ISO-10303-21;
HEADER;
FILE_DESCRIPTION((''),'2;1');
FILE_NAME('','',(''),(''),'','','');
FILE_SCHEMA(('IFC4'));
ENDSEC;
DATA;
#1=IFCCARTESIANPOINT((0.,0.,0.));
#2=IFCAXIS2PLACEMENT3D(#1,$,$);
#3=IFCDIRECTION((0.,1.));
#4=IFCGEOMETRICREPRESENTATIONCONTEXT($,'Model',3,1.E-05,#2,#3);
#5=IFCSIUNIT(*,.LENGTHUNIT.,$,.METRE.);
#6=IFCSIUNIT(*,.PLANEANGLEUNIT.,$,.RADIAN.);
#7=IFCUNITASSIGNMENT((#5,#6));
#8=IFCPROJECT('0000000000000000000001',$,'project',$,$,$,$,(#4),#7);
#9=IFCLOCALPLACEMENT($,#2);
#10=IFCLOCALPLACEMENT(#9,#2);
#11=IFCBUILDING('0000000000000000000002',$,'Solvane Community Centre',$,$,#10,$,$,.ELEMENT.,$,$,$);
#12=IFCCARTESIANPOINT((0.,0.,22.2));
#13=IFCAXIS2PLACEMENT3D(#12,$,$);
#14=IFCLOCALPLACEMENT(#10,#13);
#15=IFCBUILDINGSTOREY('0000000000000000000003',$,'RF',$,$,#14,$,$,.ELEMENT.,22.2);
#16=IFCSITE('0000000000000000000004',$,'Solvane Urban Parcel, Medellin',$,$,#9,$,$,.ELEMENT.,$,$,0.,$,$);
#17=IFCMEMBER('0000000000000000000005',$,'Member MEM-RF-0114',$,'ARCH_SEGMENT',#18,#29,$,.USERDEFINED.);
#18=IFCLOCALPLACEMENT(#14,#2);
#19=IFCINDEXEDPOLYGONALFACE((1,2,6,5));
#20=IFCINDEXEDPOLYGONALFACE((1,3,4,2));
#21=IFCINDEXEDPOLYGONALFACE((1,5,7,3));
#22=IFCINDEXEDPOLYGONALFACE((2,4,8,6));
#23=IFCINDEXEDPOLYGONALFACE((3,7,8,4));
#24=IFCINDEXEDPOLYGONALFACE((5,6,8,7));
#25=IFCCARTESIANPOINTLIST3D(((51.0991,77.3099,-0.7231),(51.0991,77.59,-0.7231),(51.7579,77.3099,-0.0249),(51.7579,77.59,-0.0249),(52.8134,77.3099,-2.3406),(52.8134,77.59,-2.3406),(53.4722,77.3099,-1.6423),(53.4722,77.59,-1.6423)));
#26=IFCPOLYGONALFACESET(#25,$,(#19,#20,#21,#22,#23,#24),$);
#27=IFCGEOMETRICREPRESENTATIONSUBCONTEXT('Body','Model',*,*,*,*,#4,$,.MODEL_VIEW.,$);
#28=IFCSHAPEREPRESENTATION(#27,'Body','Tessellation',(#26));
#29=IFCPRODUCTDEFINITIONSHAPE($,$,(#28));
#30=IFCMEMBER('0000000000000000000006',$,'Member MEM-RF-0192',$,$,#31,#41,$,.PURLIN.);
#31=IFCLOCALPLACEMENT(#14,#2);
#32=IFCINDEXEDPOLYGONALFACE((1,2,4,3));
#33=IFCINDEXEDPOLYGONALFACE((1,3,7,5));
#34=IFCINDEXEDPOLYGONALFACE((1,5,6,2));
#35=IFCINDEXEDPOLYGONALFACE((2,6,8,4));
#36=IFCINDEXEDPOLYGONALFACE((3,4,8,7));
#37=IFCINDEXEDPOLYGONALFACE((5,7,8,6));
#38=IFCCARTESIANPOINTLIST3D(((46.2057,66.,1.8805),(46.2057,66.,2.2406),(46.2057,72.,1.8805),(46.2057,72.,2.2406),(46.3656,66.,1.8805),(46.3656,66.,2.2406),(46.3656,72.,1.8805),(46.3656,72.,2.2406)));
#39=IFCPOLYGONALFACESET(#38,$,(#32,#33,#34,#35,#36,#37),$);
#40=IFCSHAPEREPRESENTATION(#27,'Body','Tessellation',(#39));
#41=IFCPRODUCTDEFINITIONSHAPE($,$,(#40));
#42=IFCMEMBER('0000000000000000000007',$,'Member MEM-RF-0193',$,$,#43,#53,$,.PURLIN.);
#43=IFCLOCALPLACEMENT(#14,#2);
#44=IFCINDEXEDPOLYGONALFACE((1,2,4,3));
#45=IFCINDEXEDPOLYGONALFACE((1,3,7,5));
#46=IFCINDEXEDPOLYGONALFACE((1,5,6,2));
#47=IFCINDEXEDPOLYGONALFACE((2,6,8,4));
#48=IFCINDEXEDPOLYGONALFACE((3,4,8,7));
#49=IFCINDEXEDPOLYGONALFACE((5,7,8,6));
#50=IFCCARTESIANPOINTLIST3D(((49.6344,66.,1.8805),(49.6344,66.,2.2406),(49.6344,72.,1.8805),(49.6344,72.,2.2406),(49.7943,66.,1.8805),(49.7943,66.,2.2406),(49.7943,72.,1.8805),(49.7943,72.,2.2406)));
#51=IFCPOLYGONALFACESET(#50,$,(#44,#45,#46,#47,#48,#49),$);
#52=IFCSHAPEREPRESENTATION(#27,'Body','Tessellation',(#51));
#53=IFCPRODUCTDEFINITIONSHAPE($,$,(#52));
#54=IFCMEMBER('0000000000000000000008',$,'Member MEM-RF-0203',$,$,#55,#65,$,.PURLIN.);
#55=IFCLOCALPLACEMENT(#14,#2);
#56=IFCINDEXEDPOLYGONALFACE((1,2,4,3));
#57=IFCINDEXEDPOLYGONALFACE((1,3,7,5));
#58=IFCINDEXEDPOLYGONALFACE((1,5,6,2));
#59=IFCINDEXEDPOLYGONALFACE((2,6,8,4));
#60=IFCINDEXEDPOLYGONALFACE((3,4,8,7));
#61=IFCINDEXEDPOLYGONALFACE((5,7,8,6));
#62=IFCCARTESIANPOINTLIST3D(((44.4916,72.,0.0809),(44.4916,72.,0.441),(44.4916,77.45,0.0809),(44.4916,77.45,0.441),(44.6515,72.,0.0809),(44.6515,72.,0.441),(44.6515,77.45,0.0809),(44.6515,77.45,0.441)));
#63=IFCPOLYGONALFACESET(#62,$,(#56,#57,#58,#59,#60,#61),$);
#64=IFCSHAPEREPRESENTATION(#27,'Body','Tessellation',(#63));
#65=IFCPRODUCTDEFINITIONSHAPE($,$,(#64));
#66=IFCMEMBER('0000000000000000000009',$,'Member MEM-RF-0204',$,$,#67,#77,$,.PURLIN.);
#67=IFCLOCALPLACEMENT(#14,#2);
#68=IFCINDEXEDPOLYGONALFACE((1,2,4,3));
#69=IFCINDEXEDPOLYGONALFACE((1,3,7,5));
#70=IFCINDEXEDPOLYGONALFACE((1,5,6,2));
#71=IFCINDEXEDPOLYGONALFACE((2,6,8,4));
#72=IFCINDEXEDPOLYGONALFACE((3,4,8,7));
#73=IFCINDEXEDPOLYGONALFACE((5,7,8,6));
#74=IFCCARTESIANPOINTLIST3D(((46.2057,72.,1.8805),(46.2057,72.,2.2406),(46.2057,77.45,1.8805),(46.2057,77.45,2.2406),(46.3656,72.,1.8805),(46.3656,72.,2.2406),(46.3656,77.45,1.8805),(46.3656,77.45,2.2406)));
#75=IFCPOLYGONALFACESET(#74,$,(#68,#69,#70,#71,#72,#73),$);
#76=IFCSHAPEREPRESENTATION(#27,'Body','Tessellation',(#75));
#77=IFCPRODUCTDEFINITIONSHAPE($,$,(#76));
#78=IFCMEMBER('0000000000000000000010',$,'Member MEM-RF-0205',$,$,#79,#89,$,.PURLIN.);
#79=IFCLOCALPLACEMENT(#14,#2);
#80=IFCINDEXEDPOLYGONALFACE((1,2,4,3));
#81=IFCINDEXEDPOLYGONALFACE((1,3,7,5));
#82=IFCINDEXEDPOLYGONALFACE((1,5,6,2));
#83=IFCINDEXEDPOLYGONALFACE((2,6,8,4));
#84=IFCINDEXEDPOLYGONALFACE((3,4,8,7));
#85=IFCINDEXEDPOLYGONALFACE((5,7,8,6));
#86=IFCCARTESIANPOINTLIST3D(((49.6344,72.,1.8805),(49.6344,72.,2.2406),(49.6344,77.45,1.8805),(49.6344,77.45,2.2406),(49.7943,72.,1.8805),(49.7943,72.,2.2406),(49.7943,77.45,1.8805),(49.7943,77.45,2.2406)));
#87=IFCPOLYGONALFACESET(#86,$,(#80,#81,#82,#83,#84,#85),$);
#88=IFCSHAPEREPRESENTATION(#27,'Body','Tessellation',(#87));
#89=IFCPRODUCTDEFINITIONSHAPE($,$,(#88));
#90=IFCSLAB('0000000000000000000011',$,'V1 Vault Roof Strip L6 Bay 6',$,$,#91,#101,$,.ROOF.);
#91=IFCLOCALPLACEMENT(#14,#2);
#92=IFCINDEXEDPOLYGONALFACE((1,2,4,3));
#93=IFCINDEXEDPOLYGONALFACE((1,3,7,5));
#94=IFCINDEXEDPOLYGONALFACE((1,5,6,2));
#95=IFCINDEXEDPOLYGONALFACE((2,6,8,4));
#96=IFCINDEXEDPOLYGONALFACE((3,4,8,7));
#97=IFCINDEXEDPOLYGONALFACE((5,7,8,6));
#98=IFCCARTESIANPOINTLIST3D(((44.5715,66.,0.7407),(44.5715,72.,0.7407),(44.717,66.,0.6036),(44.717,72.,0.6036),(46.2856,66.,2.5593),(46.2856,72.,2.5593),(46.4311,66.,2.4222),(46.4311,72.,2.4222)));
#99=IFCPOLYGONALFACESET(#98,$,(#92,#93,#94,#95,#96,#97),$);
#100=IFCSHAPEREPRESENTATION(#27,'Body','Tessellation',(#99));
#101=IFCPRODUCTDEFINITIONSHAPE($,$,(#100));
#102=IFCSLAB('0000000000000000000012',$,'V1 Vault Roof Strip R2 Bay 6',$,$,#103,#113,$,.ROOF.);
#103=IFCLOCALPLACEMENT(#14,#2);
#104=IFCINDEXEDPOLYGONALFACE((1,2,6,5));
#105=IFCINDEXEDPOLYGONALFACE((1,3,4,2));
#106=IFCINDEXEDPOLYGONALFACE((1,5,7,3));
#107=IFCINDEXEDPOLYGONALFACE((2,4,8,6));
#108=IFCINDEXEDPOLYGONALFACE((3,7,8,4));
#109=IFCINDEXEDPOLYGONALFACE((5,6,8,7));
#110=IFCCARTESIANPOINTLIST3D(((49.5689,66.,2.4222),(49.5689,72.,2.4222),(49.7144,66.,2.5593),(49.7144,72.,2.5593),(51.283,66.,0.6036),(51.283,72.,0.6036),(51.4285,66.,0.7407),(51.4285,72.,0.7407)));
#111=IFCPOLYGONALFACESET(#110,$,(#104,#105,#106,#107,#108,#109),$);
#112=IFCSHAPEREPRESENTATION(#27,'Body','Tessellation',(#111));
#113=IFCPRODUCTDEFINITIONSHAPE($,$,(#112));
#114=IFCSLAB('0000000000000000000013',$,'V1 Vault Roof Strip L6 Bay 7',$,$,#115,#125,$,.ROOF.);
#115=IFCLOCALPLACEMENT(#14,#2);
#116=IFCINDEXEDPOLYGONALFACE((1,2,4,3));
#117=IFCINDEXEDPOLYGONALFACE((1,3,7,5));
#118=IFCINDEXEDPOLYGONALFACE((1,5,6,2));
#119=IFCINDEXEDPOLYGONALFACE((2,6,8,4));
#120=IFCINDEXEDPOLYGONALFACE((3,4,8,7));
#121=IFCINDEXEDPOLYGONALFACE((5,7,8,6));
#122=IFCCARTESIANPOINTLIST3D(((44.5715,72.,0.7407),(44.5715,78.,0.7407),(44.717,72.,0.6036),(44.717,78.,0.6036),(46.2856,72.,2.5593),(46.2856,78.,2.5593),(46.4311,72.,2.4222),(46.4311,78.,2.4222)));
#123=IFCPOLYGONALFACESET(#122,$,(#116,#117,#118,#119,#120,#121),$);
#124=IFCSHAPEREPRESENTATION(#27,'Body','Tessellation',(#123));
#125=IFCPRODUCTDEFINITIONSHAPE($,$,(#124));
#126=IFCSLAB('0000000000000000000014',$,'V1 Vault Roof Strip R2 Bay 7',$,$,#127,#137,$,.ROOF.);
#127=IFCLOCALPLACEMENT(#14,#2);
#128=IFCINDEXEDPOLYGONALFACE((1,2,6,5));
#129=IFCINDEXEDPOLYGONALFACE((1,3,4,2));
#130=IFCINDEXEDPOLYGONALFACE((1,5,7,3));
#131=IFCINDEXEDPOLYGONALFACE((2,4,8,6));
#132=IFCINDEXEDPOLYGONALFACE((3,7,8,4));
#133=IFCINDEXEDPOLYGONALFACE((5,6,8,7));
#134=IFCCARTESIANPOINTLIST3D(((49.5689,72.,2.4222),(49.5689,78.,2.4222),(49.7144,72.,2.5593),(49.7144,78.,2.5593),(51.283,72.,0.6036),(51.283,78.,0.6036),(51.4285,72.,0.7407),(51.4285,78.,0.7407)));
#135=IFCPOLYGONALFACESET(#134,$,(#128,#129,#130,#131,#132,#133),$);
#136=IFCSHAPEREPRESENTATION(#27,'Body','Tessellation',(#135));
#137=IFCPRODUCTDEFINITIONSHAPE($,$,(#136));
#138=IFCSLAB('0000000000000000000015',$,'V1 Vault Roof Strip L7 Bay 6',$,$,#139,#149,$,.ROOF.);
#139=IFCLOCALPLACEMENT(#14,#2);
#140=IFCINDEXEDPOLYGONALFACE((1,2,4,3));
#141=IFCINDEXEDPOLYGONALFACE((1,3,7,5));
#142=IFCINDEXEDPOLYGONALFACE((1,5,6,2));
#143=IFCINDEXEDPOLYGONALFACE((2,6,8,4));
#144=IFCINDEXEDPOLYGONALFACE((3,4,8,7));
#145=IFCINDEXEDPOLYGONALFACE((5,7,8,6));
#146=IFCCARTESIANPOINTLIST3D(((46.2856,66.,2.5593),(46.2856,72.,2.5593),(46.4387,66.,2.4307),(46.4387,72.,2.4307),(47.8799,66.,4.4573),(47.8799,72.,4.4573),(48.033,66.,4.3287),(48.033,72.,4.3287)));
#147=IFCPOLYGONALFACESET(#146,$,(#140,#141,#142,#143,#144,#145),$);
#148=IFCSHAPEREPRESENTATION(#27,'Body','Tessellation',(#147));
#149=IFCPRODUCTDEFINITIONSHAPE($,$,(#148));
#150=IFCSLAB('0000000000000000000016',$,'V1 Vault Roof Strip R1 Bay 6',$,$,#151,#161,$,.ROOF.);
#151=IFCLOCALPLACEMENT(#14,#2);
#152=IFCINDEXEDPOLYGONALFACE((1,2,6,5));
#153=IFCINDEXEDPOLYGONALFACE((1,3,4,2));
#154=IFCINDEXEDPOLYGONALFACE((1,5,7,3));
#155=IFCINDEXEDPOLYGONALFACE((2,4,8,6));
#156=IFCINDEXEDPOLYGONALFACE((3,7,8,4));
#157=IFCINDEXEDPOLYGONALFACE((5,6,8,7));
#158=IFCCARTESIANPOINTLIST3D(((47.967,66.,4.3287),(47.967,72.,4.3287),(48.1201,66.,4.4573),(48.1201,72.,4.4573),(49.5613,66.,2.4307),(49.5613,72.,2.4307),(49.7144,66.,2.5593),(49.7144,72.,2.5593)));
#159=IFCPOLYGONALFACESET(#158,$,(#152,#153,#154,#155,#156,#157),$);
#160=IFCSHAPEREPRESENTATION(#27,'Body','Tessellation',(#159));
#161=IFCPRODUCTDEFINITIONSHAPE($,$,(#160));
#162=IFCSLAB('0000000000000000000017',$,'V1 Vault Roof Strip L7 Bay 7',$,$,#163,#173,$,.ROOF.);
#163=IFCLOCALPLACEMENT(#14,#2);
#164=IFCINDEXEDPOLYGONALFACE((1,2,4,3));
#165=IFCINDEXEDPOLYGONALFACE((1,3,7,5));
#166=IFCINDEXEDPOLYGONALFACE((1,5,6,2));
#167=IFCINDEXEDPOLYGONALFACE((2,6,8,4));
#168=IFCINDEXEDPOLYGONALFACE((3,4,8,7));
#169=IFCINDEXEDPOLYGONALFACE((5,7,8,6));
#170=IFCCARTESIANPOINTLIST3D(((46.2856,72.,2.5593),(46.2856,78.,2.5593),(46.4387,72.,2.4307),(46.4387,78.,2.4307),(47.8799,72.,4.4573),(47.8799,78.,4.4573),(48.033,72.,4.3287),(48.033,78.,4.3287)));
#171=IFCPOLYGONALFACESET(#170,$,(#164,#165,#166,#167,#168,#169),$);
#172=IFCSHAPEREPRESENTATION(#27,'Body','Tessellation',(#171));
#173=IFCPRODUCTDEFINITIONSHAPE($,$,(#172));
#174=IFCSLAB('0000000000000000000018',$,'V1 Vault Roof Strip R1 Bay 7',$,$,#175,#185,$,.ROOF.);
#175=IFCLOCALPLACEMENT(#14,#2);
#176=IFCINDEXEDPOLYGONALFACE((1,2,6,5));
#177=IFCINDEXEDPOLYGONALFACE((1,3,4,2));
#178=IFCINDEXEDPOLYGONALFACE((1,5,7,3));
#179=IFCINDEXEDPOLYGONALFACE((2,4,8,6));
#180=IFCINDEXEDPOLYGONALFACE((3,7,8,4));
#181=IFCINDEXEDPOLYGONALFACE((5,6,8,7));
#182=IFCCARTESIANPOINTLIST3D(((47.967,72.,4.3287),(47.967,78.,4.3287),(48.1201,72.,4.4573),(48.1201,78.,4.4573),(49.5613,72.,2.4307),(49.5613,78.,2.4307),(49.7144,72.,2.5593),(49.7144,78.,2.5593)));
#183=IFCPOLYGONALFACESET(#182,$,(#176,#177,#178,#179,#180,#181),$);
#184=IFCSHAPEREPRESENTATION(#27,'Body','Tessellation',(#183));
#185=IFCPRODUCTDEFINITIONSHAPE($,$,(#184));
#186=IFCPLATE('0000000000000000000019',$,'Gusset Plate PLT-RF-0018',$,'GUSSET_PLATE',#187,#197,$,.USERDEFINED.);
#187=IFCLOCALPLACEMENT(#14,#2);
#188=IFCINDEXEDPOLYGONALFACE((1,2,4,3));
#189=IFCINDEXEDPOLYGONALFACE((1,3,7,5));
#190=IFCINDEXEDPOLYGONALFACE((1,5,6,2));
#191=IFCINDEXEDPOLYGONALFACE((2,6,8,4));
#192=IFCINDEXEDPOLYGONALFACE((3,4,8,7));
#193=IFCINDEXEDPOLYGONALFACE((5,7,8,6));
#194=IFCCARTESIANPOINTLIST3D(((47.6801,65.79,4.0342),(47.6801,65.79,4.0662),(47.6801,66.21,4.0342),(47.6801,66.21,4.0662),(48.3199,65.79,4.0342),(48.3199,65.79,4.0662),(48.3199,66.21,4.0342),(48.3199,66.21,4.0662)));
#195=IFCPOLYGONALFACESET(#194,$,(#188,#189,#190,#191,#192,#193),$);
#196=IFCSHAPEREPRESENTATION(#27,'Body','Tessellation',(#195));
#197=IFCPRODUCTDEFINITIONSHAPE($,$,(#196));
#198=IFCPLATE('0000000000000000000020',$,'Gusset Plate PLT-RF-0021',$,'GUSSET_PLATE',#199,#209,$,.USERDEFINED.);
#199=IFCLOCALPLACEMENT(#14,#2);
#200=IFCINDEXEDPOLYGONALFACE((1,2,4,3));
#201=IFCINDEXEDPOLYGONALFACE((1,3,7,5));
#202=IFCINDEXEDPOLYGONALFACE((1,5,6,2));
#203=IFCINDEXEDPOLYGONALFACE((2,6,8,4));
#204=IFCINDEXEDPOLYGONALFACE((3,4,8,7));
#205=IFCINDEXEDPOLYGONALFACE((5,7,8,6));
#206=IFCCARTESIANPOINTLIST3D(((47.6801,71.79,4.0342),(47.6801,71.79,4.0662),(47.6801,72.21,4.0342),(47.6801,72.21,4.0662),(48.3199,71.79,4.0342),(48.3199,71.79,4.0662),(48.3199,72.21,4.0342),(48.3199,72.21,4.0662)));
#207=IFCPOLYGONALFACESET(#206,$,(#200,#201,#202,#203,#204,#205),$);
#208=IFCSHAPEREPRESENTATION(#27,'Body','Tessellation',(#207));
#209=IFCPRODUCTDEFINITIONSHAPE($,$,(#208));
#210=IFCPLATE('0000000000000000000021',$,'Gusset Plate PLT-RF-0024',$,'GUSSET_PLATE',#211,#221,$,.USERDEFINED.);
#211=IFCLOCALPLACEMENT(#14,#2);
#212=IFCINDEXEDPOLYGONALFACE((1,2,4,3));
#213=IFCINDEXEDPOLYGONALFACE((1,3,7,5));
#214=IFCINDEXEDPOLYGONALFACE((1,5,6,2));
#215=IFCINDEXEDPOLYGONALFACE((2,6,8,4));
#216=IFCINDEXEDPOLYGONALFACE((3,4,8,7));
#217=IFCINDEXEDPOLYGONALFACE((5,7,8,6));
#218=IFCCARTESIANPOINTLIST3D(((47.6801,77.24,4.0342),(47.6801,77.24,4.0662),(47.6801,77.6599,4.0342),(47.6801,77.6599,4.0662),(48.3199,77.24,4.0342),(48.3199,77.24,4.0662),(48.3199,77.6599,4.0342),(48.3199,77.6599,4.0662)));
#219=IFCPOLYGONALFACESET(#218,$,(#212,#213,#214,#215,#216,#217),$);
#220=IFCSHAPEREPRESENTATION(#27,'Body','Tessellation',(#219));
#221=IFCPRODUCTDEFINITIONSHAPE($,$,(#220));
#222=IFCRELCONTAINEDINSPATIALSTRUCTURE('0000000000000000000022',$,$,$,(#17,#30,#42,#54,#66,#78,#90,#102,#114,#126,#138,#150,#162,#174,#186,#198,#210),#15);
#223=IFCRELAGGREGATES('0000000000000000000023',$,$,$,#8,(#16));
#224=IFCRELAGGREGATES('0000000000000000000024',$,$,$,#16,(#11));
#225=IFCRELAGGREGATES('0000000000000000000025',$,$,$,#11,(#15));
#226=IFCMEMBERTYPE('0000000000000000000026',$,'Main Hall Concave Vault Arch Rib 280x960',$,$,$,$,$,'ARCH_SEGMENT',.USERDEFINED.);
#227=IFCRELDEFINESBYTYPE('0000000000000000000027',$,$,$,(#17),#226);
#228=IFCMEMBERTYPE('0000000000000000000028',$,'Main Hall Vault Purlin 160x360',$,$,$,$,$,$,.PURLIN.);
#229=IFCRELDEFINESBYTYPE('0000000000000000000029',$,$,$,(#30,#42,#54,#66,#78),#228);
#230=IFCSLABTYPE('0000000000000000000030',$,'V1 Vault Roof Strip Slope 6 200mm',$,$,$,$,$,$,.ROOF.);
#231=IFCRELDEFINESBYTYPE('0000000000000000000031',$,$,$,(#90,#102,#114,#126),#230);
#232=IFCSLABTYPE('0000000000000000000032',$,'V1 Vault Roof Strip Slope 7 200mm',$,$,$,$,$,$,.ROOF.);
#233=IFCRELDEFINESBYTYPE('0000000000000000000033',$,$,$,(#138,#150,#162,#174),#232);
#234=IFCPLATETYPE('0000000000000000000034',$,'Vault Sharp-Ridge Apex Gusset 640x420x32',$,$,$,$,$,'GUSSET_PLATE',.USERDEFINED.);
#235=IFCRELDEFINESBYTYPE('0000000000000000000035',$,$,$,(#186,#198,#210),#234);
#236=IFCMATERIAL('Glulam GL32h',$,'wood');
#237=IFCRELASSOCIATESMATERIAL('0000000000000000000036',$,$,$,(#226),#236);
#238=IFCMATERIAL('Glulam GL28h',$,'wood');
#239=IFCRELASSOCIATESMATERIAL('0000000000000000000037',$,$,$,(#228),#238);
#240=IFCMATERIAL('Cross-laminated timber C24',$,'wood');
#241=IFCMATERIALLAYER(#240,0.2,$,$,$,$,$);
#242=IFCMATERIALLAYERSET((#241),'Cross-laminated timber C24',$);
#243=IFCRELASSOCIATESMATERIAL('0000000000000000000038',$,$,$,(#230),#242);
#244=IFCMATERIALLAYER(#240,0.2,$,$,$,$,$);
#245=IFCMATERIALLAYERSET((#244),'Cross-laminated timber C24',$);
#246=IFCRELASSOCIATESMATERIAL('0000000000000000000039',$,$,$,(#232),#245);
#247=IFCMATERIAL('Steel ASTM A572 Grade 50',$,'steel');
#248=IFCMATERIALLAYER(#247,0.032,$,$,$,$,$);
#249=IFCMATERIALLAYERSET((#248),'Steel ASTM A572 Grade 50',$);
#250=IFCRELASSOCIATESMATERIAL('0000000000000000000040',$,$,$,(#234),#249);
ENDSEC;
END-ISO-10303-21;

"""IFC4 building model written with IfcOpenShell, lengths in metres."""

from ifc_helpers import new_model, si_unit, direction, frame, origin, origin_2d, place, context, subcontext, project, spatial, polyline, rectangle, outline, extrude, material, layer, layer_set, material_profile, profile_set, type_object, element, save


model = new_model("IFC4")

# Units and contexts
model_context = context("Model", 3, precision=1e-05, world=origin(), true_north=direction((0.0, 1.0)))
body_context = subcontext(model_context, "Body", "Model", "MODEL_VIEW")
ifc_project = project(units=[si_unit("LENGTHUNIT", "METRE"), si_unit("PLANEANGLEUNIT", "RADIAN")], contexts=[model_context])

# Site, building, storey
site_placement = place(None, origin())
site = spatial("IfcSite", under=ifc_project, at=site_placement, Name="Solvane Urban Parcel, Medellin", CompositionType="ELEMENT", RefElevation=0.0)
building_placement = place(site_placement, origin())
building = spatial("IfcBuilding", under=site, at=building_placement, Name="Solvane Community Centre", CompositionType="ELEMENT")
storey_placement = place(building_placement, frame((0.0, 0.0, 22.2)))
storey = spatial("IfcBuildingStorey", under=building, at=storey_placement, Name="RF", CompositionType="ELEMENT", Elevation=22.2)

# Shared definitions
ifc_material_1 = material(Name="Glulam GL32h", Category="wood")

# Members
ifc_material_profile_1 = material_profile(ifc_material_1, rectangle(XDim=0.28, YDim=0.96, at=origin_2d()), Name="GL32h 280x960")
ifc_profile_set_1 = profile_set([ifc_material_profile_1], Name="Glulam GL32h")
member_type_1 = type_object("IfcMemberType", Name="Main Hall Concave Vault Arch Rib 280x960", ElementType="ARCH_SEGMENT", PredefinedType="USERDEFINED", material=ifc_profile_set_1)
member_1_placement = place(storey_placement, frame((51.4285, 77.45, -0.374), z_axis=(0.727369, 0.0, -0.686246), x_axis=(0.0, 1.0, 0.0)))
element("IfcMember", 1, at=member_1_placement, inside=storey, type_object=member_type_1, Name="Member MEM-RF-0114", ObjectType="ARCH_SEGMENT", PredefinedType="USERDEFINED", context=body_context, shape_type="SweptSolid", body=[
    extrude(rectangle(XDim=0.28, YDim=0.96, at=origin_2d()), origin(), (0.0, 0.0, 1.0), 2.3569),
])
ifc_material_2 = material(Name="Glulam GL28h", Category="wood")
ifc_material_profile_2 = material_profile(ifc_material_2, rectangle(XDim=0.1599, YDim=0.3601, at=origin_2d()), Name="GL28h 160x360")
ifc_profile_set_2 = profile_set([ifc_material_profile_2], Name="Glulam GL28h")
member_type_2 = type_object("IfcMemberType", Name="Main Hall Vault Purlin 160x360", PredefinedType="PURLIN", material=ifc_profile_set_2)
for number, where, z_axis, x_axis, name in (
    (2, (46.2856, 66.0, 2.0605), (0.0, 1.0, 0.0), (-1.0, 0.0, 0.0), "Member MEM-RF-0192"),
    (3, (49.7144, 66.0, 2.0605), (0.0, 1.0, 0.0), (-1.0, 0.0, 0.0), "Member MEM-RF-0193"),
):
    element("IfcMember", number, at=place(storey_placement, frame(where, z_axis=z_axis, x_axis=x_axis)), inside=storey, type_object=member_type_2, Name=name, PredefinedType="PURLIN", context=body_context, shape_type="SweptSolid", body=[
        extrude(rectangle(XDim=0.1599, YDim=0.3601, at=origin_2d()), origin(), (0.0, 0.0, 1.0), 6.0),
    ])
for number, where, z_axis, x_axis, name in (
    (4, (44.5715, 72.0, 0.261), (0.0, 1.0, 0.0), (-1.0, 0.0, 0.0), "Member MEM-RF-0203"),
    (5, (46.2856, 72.0, 2.0605), (0.0, 1.0, 0.0), (-1.0, 0.0, 0.0), "Member MEM-RF-0204"),
    (6, (49.7144, 72.0, 2.0605), (0.0, 1.0, 0.0), (-1.0, 0.0, 0.0), "Member MEM-RF-0205"),
):
    element("IfcMember", number, at=place(storey_placement, frame(where, z_axis=z_axis, x_axis=x_axis)), inside=storey, type_object=member_type_2, Name=name, PredefinedType="PURLIN", context=body_context, shape_type="SweptSolid", body=[
        extrude(rectangle(XDim=0.1599, YDim=0.3601, at=origin_2d()), origin(), (0.0, 0.0, 1.0), 5.45),
    ])

# Slabs
ifc_material_3 = material(Name="Cross-laminated timber C24", Category="wood")
ifc_layer_1 = layer(ifc_material_3, 0.2)
ifc_layer_set_1 = layer_set([ifc_layer_1], Name="Cross-laminated timber C24")
slab_type_1 = type_object("IfcSlabType", Name="V1 Vault Roof Strip Slope 6 200mm", PredefinedType="ROOF", material=ifc_layer_set_1)
for number, where, z_axis, x_axis, name in (
    (7, (44.5715, 66.0, 0.7407), (-0.727704, 0.0, 0.685892), (0.685892, 0.0, 0.727704), "V1 Vault Roof Strip L6 Bay 6"),
    (8, (49.7144, 66.0, 2.5593), (0.727704, 0.0, 0.685892), (0.685892, 0.0, -0.727704), "V1 Vault Roof Strip R2 Bay 6"),
    (9, (44.5715, 72.0, 0.7407), (-0.727704, 0.0, 0.685892), (0.685892, 0.0, 0.727704), "V1 Vault Roof Strip L6 Bay 7"),
    (10, (49.7144, 72.0, 2.5593), (0.727704, 0.0, 0.685892), (0.685892, 0.0, -0.727704), "V1 Vault Roof Strip R2 Bay 7"),
):
    element("IfcSlab", number, at=place(storey_placement, frame(where, z_axis=z_axis, x_axis=x_axis)), inside=storey, type_object=slab_type_1, Name=name, PredefinedType="ROOF", context=body_context, shape_type="SweptSolid", body=[
        extrude(outline(polyline([(0.0, 0.0), (2.4991, 0.0), (2.4991, 6.0), (0.0, 6.0), (0.0, 0.0)])), origin(), (0.0, 0.0, -1.0), 0.2),
    ])
ifc_layer_2 = layer(ifc_material_3, 0.2)
ifc_layer_set_2 = layer_set([ifc_layer_2], Name="Cross-laminated timber C24")
slab_type_2 = type_object("IfcSlabType", Name="V1 Vault Roof Strip Slope 7 200mm", PredefinedType="ROOF", material=ifc_layer_set_2)
for number, where, z_axis, x_axis, name in (
    (11, (46.2856, 66.0, 2.5593), (-0.765713, 0.0, 0.643183), (0.643183, 0.0, 0.765713), "V1 Vault Roof Strip L7 Bay 6"),
    (12, (48.1201, 66.0, 4.4573), (0.765713, 0.0, 0.643183), (0.643183, 0.0, -0.765713), "V1 Vault Roof Strip R1 Bay 6"),
    (13, (46.2856, 72.0, 2.5593), (-0.765713, 0.0, 0.643183), (0.643183, 0.0, 0.765713), "V1 Vault Roof Strip L7 Bay 7"),
    (14, (48.1201, 72.0, 4.4573), (0.765713, 0.0, 0.643183), (0.643183, 0.0, -0.765713), "V1 Vault Roof Strip R1 Bay 7"),
):
    element("IfcSlab", number, at=place(storey_placement, frame(where, z_axis=z_axis, x_axis=x_axis)), inside=storey, type_object=slab_type_2, Name=name, PredefinedType="ROOF", context=body_context, shape_type="SweptSolid", body=[
        extrude(outline(polyline([(0.0, 0.0), (2.4787, 0.0), (2.4787, 6.0), (0.0, 6.0), (0.0, 0.0)])), origin(), (0.0, 0.0, -1.0), 0.2),
    ])

# Plates
ifc_material_4 = material(Name="Steel ASTM A572 Grade 50", Category="steel")
ifc_layer_3 = layer(ifc_material_4, 0.032)
ifc_layer_set_3 = layer_set([ifc_layer_3], Name="Steel ASTM A572 Grade 50")
plate_type = type_object("IfcPlateType", Name="Vault Sharp-Ridge Apex Gusset 640x420x32", ElementType="GUSSET_PLATE", PredefinedType="USERDEFINED", material=ifc_layer_set_3)
for number, where, z_axis, x_axis, name in (
    (15, (48.0, 66.0, 4.0342), (0.0, 0.0, 1.0), (1.0, 0.0, 0.0), "Gusset Plate PLT-RF-0018"),
    (16, (48.0, 72.0, 4.0342), (0.0, 0.0, 1.0), (1.0, 0.0, 0.0), "Gusset Plate PLT-RF-0021"),
    (17, (48.0, 77.45, 4.0342), (0.0, 0.0, 1.0), (1.0, 0.0, 0.0), "Gusset Plate PLT-RF-0024"),
):
    element("IfcPlate", number, at=place(storey_placement, frame(where, z_axis=z_axis, x_axis=x_axis)), inside=storey, type_object=plate_type, Name=name, ObjectType="GUSSET_PLATE", PredefinedType="USERDEFINED", context=body_context, shape_type="SweptSolid", body=[
        extrude(rectangle(XDim=0.6399, YDim=0.4199, at=origin_2d()), origin(), (0.0, 0.0, 1.0), 0.032),
    ])

save(model, "model.ifc")
